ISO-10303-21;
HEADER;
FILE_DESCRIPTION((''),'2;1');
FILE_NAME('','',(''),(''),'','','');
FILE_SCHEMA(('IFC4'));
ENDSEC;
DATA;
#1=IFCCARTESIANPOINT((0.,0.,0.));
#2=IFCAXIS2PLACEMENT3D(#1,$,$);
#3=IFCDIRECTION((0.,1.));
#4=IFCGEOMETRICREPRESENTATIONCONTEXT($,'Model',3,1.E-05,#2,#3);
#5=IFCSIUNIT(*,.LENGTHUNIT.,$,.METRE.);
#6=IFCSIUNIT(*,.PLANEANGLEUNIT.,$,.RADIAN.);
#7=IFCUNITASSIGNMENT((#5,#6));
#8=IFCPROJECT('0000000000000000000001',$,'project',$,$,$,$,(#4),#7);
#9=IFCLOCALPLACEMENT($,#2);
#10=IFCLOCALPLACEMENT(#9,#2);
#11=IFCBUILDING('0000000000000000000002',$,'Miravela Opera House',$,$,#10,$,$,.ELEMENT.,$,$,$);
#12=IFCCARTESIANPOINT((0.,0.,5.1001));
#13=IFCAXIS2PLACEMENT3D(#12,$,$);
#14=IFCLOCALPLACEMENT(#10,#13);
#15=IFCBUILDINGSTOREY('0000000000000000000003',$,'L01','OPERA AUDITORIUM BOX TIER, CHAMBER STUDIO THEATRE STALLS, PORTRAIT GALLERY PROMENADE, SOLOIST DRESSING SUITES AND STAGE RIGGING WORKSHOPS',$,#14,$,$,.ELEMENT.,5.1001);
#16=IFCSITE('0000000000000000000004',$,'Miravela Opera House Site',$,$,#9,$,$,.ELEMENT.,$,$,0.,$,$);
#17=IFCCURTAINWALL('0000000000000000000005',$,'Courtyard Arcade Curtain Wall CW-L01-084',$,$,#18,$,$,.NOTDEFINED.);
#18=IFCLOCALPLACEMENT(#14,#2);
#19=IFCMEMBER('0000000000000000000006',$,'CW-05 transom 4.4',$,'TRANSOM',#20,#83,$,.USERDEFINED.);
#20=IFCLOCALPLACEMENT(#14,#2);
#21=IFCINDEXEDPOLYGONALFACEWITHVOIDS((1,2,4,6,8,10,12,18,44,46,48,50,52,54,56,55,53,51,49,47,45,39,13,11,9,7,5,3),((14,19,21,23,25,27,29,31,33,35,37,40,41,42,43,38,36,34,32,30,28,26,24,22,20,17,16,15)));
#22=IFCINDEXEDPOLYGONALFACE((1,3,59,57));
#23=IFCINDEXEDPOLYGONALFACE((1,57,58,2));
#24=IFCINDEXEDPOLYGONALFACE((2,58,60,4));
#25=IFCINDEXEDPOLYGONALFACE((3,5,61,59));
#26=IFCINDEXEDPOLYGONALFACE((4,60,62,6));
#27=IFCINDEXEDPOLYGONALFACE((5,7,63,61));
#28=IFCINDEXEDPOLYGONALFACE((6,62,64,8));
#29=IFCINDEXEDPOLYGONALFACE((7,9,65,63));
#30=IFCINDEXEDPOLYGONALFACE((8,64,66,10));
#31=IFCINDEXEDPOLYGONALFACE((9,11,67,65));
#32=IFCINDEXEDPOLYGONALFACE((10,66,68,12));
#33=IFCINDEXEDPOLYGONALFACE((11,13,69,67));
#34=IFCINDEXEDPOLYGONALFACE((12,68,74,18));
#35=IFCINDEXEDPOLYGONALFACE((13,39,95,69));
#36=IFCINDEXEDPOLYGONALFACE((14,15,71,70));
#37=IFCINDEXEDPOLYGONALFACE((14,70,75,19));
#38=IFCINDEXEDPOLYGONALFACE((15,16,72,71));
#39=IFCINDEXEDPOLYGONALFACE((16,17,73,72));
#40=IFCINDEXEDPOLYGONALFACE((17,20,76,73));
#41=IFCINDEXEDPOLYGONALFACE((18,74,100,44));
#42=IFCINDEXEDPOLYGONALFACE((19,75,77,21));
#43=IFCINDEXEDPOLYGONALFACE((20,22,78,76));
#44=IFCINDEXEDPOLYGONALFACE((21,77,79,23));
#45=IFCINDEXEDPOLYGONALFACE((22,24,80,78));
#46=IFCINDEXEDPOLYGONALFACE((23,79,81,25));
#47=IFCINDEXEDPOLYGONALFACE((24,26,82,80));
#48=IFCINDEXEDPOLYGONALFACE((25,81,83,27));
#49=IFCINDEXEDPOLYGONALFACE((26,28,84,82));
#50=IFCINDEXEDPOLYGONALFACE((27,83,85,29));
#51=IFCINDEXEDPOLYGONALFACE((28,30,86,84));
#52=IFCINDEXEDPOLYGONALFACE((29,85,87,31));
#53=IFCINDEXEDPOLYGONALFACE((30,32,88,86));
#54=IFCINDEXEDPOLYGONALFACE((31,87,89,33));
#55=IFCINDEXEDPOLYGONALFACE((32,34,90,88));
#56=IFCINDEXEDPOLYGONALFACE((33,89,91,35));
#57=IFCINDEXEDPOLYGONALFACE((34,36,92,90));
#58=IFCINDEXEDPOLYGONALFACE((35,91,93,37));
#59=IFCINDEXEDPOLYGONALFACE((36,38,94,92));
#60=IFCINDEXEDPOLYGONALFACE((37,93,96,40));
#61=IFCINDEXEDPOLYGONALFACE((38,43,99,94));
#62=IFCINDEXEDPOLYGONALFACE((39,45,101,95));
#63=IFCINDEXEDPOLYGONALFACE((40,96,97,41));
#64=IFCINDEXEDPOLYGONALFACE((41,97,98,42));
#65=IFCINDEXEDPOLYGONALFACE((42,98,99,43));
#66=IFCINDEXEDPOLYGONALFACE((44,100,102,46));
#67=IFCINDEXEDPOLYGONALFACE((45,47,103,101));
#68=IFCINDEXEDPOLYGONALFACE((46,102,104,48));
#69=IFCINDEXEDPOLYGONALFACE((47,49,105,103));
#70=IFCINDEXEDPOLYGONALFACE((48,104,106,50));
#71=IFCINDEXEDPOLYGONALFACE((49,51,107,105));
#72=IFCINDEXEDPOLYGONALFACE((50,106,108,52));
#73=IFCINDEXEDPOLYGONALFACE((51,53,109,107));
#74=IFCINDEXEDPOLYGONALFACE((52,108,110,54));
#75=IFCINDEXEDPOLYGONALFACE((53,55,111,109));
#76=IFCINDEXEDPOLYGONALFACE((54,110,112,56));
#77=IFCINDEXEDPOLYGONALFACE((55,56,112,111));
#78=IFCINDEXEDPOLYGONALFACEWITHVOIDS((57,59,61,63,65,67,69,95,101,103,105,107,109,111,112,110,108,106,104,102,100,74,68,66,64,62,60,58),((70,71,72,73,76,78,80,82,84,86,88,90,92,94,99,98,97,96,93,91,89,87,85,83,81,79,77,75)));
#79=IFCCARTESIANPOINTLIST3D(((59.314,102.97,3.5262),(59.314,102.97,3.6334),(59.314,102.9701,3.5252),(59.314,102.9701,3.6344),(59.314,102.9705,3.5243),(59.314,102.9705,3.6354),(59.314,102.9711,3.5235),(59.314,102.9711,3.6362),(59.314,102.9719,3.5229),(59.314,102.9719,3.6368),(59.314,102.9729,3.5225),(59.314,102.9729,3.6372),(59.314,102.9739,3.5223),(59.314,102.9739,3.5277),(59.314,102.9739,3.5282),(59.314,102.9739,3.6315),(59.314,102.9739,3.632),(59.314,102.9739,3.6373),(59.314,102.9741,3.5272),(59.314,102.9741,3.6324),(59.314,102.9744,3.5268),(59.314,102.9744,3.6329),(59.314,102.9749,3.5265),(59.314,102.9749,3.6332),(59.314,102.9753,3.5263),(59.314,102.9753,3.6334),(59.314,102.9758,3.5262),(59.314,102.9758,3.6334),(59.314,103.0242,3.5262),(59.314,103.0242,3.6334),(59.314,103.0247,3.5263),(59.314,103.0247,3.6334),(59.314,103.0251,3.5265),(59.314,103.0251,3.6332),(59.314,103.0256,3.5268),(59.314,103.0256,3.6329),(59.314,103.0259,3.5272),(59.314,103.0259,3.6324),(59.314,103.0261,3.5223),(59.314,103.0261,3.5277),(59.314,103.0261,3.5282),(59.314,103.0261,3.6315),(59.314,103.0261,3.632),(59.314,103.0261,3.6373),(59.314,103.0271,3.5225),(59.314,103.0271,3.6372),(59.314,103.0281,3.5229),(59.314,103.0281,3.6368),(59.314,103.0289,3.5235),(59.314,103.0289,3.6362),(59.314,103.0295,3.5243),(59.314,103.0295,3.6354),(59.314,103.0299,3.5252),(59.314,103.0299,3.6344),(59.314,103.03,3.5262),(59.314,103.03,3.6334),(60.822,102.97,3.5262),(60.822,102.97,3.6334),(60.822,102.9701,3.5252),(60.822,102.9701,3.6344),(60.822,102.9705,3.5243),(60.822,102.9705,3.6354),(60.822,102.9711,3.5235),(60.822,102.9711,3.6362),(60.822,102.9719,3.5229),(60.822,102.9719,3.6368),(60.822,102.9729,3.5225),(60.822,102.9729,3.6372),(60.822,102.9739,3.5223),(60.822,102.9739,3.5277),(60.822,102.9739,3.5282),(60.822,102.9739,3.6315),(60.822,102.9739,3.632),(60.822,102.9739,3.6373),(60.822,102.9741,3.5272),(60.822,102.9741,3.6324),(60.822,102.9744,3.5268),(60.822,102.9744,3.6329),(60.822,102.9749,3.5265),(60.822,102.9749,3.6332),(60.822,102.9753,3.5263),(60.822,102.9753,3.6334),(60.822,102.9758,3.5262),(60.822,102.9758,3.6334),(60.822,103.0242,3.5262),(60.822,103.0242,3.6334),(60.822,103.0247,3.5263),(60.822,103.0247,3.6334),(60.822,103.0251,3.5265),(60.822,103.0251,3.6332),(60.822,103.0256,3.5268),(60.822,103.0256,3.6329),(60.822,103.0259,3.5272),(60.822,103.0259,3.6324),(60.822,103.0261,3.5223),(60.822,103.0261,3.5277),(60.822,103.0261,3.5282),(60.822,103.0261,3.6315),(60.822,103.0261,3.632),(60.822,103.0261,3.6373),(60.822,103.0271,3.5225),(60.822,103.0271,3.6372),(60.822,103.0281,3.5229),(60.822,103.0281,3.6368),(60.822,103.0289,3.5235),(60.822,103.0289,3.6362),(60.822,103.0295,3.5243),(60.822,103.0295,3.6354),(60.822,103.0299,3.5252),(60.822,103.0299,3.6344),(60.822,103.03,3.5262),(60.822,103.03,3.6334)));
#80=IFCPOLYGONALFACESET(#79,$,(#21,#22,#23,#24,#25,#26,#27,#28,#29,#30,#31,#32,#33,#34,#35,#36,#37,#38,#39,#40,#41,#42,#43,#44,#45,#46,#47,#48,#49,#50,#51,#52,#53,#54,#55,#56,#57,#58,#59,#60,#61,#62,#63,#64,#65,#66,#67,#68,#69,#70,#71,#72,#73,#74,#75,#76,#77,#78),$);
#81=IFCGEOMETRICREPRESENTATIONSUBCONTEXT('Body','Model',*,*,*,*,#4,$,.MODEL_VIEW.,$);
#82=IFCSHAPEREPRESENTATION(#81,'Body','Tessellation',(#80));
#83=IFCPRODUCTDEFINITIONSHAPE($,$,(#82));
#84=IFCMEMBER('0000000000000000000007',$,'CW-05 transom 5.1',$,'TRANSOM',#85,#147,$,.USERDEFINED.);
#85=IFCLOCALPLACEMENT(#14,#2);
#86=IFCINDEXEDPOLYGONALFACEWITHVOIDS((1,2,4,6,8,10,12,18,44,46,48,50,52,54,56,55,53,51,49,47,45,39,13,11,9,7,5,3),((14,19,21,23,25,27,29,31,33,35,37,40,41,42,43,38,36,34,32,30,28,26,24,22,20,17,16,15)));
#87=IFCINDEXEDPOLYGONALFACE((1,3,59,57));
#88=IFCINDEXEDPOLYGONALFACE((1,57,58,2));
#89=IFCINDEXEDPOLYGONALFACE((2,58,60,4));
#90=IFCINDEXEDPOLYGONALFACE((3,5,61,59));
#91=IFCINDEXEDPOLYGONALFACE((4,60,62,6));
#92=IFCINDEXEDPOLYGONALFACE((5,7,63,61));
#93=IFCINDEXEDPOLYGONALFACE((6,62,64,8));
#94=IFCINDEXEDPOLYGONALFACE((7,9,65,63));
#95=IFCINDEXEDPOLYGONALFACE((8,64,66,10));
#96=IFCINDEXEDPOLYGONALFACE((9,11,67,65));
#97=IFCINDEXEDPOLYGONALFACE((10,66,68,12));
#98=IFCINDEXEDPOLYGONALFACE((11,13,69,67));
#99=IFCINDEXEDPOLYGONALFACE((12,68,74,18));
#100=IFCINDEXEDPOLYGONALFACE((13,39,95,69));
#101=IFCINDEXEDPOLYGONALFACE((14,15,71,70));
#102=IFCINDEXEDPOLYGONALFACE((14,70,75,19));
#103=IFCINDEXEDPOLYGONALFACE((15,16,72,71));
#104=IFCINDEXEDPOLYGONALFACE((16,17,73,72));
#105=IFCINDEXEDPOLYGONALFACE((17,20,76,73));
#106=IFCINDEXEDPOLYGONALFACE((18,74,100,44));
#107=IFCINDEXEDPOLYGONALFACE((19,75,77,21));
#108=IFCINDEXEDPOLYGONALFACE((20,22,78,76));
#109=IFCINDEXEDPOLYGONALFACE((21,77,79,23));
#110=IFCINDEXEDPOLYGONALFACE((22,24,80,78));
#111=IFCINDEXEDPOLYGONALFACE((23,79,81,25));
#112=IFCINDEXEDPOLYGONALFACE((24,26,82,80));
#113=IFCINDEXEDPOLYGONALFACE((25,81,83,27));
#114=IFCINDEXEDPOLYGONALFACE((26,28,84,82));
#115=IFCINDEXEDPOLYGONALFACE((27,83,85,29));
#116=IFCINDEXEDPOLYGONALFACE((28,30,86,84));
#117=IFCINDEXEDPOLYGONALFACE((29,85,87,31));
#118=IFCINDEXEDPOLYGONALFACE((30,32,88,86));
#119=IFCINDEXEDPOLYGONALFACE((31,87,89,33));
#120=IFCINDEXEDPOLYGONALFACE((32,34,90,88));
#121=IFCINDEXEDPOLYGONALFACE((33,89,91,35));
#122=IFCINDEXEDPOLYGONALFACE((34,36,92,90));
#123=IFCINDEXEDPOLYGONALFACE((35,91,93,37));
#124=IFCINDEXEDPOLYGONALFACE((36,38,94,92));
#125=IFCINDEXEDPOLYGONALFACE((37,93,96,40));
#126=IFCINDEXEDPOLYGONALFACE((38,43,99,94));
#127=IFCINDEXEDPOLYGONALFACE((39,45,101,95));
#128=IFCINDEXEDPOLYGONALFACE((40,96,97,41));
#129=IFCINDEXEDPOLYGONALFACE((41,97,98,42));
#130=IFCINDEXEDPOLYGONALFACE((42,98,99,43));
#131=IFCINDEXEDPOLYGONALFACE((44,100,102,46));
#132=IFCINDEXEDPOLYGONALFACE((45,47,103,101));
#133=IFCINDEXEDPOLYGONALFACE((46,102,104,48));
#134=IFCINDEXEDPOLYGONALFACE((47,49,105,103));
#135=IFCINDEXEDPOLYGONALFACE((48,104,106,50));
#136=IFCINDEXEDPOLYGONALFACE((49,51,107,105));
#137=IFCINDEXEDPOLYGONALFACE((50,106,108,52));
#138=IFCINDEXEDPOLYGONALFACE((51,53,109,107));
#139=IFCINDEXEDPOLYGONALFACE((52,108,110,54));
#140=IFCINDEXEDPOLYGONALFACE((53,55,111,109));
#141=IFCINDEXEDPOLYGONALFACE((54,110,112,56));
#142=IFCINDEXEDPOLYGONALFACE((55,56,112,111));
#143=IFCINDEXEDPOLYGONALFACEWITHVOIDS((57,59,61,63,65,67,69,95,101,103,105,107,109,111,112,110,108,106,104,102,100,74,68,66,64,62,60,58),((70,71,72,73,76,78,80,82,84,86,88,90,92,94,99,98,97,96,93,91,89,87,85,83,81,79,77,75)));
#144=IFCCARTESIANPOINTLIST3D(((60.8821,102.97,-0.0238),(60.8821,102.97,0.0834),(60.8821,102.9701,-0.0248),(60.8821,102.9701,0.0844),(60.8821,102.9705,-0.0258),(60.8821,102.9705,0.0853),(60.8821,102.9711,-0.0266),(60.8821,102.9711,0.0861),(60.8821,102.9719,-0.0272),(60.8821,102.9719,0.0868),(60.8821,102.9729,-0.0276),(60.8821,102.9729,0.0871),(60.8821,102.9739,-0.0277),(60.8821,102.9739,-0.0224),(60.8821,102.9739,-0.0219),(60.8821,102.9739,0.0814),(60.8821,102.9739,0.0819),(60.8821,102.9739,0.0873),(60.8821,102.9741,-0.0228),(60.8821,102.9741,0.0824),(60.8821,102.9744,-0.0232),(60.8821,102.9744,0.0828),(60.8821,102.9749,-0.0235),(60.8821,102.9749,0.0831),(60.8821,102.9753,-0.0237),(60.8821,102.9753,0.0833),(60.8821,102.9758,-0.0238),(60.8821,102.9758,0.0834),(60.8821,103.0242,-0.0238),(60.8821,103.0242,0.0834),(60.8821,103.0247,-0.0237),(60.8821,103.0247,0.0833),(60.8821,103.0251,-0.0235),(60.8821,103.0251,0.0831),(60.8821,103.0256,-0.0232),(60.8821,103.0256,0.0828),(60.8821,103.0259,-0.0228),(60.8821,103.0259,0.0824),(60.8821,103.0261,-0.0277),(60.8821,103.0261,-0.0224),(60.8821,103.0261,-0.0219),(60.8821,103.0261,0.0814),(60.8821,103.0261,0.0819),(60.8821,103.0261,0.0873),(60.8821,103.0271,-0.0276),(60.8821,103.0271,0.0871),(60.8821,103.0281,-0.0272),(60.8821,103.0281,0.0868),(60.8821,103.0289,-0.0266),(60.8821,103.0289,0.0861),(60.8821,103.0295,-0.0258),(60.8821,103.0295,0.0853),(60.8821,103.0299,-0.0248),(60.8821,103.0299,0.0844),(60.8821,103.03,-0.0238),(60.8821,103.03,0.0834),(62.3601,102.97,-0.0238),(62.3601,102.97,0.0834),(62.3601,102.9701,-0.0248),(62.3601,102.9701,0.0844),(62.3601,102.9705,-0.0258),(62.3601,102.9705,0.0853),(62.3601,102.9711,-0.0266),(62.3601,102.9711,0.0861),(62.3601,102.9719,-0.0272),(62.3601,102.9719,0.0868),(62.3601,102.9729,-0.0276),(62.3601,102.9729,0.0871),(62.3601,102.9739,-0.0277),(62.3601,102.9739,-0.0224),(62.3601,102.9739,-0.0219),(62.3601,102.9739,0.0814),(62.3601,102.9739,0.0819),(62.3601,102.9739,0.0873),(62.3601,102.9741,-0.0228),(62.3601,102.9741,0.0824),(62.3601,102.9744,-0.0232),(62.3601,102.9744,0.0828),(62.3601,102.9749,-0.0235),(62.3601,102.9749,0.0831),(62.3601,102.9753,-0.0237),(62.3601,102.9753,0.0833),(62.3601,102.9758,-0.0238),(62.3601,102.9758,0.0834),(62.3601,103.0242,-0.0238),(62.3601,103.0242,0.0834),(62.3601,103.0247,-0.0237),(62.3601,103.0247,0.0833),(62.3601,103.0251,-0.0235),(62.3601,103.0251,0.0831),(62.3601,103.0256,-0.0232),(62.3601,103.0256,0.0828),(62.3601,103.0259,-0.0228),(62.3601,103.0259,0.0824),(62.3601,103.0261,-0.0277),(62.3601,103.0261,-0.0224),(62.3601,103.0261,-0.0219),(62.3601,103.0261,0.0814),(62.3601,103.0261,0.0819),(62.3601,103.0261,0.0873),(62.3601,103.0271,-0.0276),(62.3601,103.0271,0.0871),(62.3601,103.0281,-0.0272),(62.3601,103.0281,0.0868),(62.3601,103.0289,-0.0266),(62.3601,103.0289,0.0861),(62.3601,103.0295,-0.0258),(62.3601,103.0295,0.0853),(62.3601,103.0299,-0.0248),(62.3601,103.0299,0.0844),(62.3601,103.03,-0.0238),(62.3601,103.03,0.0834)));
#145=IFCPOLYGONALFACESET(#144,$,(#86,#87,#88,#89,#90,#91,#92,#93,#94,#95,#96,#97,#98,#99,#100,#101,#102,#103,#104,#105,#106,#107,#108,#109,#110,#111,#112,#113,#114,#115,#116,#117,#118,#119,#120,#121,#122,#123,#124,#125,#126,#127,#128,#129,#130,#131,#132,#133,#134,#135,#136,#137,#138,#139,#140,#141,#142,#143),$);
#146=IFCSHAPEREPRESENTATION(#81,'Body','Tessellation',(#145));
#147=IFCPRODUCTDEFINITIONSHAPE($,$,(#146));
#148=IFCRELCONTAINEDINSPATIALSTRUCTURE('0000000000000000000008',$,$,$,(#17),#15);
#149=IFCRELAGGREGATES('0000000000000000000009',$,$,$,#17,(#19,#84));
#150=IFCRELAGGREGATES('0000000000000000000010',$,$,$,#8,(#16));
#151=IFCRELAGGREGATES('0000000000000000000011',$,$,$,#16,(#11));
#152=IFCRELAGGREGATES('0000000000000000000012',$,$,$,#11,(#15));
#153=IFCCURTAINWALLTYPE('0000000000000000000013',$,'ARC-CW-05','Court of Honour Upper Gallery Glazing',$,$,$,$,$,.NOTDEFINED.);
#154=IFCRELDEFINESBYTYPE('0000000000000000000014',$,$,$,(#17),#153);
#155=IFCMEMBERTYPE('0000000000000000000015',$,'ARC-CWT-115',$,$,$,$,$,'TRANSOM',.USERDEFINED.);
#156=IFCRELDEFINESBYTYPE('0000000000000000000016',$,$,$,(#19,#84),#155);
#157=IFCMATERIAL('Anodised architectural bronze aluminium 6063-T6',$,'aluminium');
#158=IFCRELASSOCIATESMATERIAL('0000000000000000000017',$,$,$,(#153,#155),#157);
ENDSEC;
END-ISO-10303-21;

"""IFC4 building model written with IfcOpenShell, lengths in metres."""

from ifc_helpers import new_model, si_unit, direction, frame, origin, origin_2d, place, context, subcontext, project, spatial, hollow_rectangle, extrude, material, material_profile, profile_set, type_object, element, aggregate, save


model = new_model("IFC4")

# Units and contexts
model_context = context("Model", 3, precision=1e-05, world=origin(), true_north=direction((0.0, 1.0)))
body_context = subcontext(model_context, "Body", "Model", "MODEL_VIEW")
ifc_project = project(units=[si_unit("LENGTHUNIT", "METRE"), si_unit("PLANEANGLEUNIT", "RADIAN")], contexts=[model_context])

# Site, building, storey
site_placement = place(None, origin())
site = spatial("IfcSite", under=ifc_project, at=site_placement, Name="Miravela Opera House Site", CompositionType="ELEMENT", RefElevation=0.0)
building_placement = place(site_placement, origin())
building = spatial("IfcBuilding", under=site, at=building_placement, Name="Miravela Opera House", CompositionType="ELEMENT")
storey_placement = place(building_placement, frame((0.0, 0.0, 5.1001)))
storey = spatial("IfcBuildingStorey", under=building, at=storey_placement, Name="L01", Description="OPERA AUDITORIUM BOX TIER, CHAMBER STUDIO THEATRE STALLS, PORTRAIT GALLERY PROMENADE, SOLOIST DRESSING SUITES AND STAGE RIGGING WORKSHOPS", CompositionType="ELEMENT", Elevation=5.1001)

# Curtain wall, members
ifc_material_1 = material(Name="Anodised architectural bronze aluminium 6063-T6", Category="aluminium")
curtain_wall_type = type_object("IfcCurtainWallType", Name="ARC-CW-05", Description="Court of Honour Upper Gallery Glazing", PredefinedType="NOTDEFINED", material=ifc_material_1)
curtain_wall_placement = place(storey_placement, origin())
curtain_wall = element("IfcCurtainWall", 1, at=curtain_wall_placement, inside=storey, type_object=curtain_wall_type, Name="Courtyard Arcade Curtain Wall CW-L01-084", PredefinedType="NOTDEFINED")
ifc_material_profile_1 = material_profile(ifc_material_1, hollow_rectangle(XDim=0.0601, YDim=0.115, WallThickness=0.0039, InnerFilletRadius=0.002, OuterFilletRadius=0.0039, at=origin_2d()), Name="CWT-60X115")
ifc_profile_set_1 = profile_set([ifc_material_profile_1])
member_type_1 = type_object("IfcMemberType", Name="ARC-CWT-115", ElementType="TRANSOM", PredefinedType="USERDEFINED", material=ifc_profile_set_1)
member_1_placement = place(storey_placement, frame((59.314, 103.0, 3.5798), z_axis=(1.0, 0.0, 0.0), x_axis=(0.0, 1.0, 0.0)))
member_1 = element("IfcMember", 2, at=member_1_placement, type_object=member_type_1, Name="CW-05 transom 4.4", ObjectType="TRANSOM", PredefinedType="USERDEFINED", context=body_context, shape_type="SweptSolid", body=[
    extrude(hollow_rectangle(XDim=0.0601, YDim=0.115, WallThickness=0.0039, InnerFilletRadius=0.002, OuterFilletRadius=0.0039, at=origin_2d()), origin(), (0.0, 0.0, 1.0), 1.5081),
])
member_2_placement = place(storey_placement, frame((60.8821, 103.0, 0.0298), z_axis=(1.0, 0.0, 0.0), x_axis=(0.0, 1.0, 0.0)))
member_2 = element("IfcMember", 3, at=member_2_placement, type_object=member_type_1, Name="CW-05 transom 5.1", ObjectType="TRANSOM", PredefinedType="USERDEFINED", context=body_context, shape_type="SweptSolid", body=[
    extrude(hollow_rectangle(XDim=0.0601, YDim=0.115, WallThickness=0.0039, InnerFilletRadius=0.002, OuterFilletRadius=0.0039, at=origin_2d()), origin(), (0.0, 0.0, 1.0), 1.478),
])

aggregate(curtain_wall, [member_1, member_2])

save(model, "model.ifc")
